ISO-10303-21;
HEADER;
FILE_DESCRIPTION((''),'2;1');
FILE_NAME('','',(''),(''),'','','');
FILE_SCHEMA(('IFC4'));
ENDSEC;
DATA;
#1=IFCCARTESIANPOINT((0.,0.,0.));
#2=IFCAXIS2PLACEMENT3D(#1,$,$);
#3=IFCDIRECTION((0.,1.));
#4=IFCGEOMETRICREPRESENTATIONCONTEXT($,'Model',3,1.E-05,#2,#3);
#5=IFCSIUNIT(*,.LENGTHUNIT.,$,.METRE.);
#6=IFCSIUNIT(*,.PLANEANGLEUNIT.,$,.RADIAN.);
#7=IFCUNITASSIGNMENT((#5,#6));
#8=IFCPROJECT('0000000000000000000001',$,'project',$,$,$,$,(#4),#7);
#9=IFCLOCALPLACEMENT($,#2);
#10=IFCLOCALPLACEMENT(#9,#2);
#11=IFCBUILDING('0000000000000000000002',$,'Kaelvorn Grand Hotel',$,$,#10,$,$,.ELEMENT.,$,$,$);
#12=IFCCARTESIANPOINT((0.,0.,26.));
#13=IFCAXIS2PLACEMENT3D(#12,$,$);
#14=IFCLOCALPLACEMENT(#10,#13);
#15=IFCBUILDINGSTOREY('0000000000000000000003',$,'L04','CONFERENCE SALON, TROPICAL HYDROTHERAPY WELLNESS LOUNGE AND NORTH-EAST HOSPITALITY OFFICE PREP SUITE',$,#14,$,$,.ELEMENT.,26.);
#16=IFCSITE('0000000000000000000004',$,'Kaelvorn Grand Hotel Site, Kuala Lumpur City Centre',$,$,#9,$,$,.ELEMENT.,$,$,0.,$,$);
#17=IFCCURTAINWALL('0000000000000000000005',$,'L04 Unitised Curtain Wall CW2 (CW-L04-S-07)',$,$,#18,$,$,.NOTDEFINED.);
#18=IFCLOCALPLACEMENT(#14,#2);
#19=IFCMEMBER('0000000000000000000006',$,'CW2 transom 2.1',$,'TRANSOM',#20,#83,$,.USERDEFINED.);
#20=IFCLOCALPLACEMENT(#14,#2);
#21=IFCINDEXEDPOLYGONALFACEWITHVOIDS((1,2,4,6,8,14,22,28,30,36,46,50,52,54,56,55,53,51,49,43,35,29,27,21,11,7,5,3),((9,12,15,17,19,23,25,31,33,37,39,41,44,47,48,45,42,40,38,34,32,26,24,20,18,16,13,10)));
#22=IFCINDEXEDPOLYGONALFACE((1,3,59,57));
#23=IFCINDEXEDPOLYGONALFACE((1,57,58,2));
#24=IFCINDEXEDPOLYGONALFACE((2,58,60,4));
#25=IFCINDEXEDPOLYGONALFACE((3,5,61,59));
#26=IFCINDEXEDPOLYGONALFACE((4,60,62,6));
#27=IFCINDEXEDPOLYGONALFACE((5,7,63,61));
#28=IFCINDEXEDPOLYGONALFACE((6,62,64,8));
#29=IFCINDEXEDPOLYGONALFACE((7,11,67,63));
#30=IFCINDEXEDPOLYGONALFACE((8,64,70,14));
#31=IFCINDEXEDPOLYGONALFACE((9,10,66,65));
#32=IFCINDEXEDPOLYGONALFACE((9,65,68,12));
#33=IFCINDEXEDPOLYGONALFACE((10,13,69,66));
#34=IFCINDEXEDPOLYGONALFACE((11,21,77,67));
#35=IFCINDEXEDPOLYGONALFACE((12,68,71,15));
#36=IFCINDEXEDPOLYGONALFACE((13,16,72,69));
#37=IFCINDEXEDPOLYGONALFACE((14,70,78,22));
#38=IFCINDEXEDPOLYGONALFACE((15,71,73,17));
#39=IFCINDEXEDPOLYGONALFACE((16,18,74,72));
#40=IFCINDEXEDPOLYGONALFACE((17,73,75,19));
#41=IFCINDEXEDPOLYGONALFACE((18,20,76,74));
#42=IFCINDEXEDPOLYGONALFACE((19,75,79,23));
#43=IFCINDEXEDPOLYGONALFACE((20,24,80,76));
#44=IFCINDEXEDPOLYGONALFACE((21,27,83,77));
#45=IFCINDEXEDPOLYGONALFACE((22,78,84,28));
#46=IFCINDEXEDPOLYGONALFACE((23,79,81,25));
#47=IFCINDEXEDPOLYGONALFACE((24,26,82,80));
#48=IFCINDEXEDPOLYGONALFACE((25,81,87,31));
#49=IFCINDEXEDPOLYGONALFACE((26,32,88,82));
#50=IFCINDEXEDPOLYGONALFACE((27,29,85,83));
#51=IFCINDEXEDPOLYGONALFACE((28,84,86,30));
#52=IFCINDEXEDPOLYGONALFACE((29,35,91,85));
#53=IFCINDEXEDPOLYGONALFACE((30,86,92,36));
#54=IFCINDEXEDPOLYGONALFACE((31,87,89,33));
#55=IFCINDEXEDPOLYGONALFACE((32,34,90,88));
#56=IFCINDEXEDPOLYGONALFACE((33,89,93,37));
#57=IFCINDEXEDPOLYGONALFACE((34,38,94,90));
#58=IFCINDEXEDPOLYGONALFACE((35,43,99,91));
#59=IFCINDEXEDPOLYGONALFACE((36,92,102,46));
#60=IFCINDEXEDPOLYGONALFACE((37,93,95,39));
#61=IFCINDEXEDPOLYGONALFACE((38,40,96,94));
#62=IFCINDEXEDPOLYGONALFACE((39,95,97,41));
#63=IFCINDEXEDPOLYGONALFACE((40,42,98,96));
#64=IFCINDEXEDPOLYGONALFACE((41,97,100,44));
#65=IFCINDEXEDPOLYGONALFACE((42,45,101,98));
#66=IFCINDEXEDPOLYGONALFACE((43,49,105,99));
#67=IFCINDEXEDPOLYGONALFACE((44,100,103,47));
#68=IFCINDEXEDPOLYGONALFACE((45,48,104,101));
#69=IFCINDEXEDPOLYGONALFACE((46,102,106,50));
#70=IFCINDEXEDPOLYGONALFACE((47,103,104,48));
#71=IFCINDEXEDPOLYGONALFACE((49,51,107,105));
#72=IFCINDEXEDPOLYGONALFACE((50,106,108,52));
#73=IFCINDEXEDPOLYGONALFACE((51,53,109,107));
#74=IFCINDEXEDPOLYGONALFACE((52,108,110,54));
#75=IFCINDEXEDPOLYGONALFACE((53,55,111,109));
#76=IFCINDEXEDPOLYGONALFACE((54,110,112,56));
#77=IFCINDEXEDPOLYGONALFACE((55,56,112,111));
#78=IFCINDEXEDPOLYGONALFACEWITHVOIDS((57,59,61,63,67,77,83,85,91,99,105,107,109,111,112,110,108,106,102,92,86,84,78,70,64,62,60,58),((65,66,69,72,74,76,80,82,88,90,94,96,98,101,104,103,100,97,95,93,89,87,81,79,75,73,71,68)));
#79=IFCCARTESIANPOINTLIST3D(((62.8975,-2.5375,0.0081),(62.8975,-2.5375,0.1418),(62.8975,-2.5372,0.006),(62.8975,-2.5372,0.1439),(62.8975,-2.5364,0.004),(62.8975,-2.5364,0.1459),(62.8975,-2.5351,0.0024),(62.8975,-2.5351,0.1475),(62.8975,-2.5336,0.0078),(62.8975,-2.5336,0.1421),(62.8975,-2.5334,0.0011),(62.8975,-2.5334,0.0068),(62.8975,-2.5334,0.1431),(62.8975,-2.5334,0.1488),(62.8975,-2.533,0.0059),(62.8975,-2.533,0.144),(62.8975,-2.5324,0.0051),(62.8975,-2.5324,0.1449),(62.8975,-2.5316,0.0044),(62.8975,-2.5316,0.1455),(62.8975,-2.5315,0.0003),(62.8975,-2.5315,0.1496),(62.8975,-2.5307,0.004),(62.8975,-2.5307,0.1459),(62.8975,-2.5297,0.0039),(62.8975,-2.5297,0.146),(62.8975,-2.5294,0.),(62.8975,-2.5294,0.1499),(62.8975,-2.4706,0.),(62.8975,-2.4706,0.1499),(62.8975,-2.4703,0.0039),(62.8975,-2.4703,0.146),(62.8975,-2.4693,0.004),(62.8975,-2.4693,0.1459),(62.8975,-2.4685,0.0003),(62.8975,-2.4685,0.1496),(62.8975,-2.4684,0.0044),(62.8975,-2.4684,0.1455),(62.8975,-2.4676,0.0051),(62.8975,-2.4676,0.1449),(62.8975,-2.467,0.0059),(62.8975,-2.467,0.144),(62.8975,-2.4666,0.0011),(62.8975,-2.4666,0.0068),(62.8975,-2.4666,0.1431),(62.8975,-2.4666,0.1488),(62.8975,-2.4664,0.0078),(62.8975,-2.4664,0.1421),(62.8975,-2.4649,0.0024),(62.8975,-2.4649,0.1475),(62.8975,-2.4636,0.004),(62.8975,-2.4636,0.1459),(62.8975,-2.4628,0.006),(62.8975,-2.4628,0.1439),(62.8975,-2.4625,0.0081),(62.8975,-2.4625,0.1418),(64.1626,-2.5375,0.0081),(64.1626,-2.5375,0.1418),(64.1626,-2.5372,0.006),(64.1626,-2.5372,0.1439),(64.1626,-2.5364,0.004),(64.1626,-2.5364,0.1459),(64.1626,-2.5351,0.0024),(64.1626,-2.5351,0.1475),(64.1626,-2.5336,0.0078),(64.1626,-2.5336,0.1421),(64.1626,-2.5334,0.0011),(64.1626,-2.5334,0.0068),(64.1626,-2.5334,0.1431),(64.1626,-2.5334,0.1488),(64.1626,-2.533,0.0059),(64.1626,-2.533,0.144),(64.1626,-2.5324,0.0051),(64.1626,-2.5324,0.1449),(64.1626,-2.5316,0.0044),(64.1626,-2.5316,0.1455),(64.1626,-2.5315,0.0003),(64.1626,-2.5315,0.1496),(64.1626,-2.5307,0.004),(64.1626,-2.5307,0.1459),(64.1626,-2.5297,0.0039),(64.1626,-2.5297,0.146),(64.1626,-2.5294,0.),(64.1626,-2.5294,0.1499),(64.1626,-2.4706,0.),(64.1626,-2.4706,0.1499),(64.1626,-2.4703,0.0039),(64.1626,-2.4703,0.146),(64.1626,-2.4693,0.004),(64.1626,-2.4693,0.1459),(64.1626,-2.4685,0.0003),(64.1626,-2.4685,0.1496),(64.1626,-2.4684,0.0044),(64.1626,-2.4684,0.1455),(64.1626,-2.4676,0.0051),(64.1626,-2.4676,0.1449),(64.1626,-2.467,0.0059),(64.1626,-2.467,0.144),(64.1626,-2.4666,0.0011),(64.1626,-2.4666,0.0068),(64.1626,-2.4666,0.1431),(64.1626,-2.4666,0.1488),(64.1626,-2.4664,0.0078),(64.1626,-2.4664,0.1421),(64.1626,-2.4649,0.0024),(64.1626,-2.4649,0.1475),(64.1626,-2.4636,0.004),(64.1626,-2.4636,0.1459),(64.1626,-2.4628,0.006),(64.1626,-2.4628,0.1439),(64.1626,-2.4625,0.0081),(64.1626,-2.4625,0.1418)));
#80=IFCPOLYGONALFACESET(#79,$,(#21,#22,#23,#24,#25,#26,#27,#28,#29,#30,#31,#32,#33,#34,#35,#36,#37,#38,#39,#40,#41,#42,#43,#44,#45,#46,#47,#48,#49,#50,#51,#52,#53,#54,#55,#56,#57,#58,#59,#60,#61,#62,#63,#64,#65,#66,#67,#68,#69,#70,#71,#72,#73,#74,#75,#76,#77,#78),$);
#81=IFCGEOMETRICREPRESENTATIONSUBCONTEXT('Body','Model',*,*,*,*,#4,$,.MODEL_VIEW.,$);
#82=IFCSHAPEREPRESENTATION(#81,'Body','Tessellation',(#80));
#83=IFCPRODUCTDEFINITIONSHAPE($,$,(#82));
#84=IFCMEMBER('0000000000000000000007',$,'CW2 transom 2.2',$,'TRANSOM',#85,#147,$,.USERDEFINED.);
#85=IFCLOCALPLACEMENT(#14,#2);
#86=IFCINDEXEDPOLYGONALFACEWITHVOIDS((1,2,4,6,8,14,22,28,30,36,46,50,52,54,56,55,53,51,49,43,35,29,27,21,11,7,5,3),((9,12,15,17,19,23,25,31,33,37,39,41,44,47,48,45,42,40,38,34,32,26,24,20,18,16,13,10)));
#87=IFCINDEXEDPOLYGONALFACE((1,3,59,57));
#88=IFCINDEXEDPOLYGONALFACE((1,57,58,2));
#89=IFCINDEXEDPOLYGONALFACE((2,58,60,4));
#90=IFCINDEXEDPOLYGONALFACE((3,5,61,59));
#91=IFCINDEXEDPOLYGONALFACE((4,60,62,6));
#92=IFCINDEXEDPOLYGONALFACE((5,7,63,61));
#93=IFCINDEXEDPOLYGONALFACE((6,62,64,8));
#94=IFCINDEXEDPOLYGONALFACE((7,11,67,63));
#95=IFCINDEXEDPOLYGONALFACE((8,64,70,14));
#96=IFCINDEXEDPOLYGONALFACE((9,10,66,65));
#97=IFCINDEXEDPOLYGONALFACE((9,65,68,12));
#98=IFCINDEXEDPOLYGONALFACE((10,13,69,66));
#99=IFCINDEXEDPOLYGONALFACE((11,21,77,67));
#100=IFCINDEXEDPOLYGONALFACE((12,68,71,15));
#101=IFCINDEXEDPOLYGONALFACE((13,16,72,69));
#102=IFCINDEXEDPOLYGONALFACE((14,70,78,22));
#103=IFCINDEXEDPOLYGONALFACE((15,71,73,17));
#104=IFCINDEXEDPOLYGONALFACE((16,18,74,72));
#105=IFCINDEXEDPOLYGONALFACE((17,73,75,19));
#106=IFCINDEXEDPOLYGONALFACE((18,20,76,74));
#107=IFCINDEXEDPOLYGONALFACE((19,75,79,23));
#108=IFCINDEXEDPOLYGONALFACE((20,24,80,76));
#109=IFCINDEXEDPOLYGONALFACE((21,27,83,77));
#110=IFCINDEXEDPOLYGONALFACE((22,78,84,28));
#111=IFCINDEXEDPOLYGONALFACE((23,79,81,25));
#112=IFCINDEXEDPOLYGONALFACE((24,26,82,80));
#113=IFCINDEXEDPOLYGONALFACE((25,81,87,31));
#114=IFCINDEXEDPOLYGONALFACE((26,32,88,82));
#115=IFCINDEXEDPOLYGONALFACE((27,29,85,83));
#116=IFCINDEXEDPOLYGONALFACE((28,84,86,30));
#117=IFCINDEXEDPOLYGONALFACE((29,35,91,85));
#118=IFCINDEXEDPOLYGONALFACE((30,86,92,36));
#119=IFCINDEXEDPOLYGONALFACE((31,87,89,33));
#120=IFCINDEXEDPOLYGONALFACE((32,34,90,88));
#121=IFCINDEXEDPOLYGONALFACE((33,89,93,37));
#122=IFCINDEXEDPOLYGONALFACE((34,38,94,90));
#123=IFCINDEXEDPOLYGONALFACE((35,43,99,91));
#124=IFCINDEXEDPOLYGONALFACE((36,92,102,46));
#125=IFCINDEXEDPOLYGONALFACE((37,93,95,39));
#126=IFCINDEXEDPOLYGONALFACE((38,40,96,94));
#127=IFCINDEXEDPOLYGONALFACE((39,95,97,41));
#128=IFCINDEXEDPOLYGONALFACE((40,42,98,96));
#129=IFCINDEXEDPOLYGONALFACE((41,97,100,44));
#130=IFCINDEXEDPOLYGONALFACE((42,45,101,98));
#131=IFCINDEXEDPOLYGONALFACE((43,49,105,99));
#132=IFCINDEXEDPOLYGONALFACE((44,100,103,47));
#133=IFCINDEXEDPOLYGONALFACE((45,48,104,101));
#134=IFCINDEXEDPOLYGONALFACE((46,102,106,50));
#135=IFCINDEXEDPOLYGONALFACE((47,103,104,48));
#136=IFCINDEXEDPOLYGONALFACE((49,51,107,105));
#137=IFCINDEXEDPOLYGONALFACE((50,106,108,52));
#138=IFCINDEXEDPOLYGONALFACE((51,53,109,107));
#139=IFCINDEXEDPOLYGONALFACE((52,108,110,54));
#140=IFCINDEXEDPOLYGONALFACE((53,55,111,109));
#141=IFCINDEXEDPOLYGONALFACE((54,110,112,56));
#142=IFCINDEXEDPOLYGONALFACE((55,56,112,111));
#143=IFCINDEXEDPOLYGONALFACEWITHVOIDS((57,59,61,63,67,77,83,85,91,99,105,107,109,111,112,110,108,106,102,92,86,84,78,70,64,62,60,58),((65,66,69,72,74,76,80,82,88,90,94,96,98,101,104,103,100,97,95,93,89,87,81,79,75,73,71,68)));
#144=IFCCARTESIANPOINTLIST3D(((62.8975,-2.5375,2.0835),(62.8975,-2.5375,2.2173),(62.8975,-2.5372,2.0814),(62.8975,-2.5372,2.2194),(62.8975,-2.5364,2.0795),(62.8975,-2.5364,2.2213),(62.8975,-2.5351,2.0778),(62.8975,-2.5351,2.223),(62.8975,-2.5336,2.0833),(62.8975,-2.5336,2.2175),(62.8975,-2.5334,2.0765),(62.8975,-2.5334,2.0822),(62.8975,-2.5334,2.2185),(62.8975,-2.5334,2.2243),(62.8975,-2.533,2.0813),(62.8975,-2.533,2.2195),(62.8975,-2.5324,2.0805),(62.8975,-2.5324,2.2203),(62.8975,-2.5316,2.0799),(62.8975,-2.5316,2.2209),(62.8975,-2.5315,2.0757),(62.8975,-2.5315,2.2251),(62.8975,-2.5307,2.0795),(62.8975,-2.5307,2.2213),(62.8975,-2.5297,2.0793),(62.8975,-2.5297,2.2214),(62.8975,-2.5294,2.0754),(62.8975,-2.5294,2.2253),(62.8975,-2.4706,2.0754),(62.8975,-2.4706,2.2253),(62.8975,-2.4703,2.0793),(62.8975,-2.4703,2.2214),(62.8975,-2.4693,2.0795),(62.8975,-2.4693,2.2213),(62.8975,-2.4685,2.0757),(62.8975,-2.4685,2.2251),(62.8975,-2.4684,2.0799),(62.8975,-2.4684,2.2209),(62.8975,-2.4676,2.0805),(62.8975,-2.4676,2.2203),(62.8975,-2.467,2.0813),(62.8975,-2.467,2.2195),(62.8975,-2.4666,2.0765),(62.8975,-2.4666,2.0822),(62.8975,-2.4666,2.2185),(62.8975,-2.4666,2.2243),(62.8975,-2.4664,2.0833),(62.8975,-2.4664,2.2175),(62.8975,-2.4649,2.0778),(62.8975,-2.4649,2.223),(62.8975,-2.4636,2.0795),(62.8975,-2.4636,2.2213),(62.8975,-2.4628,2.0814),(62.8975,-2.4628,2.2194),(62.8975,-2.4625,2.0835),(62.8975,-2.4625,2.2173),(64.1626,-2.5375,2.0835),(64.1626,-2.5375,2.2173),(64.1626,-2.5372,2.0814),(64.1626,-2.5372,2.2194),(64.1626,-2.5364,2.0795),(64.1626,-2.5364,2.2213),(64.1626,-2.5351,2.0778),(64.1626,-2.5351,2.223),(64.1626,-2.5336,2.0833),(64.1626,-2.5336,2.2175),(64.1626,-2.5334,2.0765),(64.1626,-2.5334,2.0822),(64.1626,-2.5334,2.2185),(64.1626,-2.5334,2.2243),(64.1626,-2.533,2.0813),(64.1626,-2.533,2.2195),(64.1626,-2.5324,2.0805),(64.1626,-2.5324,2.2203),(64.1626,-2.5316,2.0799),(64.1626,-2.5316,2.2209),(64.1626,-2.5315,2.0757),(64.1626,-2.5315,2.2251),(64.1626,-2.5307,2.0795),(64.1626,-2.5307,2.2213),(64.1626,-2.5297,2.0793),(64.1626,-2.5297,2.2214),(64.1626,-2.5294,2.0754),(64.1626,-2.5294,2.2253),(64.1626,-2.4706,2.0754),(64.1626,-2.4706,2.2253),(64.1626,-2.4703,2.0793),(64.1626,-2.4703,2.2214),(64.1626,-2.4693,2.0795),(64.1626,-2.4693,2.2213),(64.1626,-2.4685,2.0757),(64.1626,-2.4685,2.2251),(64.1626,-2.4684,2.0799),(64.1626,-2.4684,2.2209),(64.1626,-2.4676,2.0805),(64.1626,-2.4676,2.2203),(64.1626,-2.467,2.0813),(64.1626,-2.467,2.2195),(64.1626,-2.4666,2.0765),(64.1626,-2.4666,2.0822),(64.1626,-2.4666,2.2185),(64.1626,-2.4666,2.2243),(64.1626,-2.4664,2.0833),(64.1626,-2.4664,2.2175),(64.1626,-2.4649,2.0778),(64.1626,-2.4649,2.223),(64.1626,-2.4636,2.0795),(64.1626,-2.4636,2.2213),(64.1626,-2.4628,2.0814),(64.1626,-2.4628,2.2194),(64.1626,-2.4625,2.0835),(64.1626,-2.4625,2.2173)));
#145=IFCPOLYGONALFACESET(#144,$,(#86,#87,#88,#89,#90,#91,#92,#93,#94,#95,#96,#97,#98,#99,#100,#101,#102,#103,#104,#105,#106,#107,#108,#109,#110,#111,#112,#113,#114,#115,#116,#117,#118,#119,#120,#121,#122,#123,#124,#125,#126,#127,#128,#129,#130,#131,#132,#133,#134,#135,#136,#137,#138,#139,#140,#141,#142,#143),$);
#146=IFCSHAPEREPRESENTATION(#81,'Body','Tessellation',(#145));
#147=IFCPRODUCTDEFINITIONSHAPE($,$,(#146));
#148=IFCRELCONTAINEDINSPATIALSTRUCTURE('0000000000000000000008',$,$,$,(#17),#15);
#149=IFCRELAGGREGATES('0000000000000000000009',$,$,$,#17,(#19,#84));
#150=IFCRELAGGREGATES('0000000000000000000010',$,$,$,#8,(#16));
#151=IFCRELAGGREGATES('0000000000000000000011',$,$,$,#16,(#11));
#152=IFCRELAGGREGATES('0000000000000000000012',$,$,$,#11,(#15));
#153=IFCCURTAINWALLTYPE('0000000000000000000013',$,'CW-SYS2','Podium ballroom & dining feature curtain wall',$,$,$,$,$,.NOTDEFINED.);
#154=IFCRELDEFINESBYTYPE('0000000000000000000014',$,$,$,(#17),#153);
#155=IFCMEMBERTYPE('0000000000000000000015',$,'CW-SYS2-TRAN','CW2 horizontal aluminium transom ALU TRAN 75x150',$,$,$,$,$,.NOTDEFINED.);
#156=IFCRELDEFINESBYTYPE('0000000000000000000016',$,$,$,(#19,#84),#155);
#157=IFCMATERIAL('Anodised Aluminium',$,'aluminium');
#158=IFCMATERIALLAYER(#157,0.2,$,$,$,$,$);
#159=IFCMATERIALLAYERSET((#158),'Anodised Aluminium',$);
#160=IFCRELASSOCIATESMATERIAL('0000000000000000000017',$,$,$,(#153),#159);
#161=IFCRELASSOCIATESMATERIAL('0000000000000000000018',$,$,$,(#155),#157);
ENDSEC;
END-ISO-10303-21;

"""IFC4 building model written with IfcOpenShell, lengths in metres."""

from ifc_helpers import new_model, si_unit, direction, frame, origin, origin_2d, place, context, subcontext, project, spatial, hollow_rectangle, extrude, material, layer, layer_set, material_profile, profile_set, type_object, element, aggregate, save


model = new_model("IFC4")

# Units and contexts
model_context = context("Model", 3, precision=1e-05, world=origin(), true_north=direction((0.0, 1.0)))
body_context = subcontext(model_context, "Body", "Model", "MODEL_VIEW")
ifc_project = project(units=[si_unit("LENGTHUNIT", "METRE"), si_unit("PLANEANGLEUNIT", "RADIAN")], contexts=[model_context])

# Site, building, storey
site_placement = place(None, origin())
site = spatial("IfcSite", under=ifc_project, at=site_placement, Name="Kaelvorn Grand Hotel Site, Kuala Lumpur City Centre", CompositionType="ELEMENT", RefElevation=0.0)
building_placement = place(site_placement, origin())
building = spatial("IfcBuilding", under=site, at=building_placement, Name="Kaelvorn Grand Hotel", CompositionType="ELEMENT")
storey_placement = place(building_placement, frame((0.0, 0.0, 26.0)))
storey = spatial("IfcBuildingStorey", under=building, at=storey_placement, Name="L04", Description="CONFERENCE SALON, TROPICAL HYDROTHERAPY WELLNESS LOUNGE AND NORTH-EAST HOSPITALITY OFFICE PREP SUITE", CompositionType="ELEMENT", Elevation=26.0)

# Shared definitions
ifc_material_1 = material(Name="Anodised Aluminium", Category="aluminium")
ifc_layer_1 = layer(ifc_material_1, 0.2)
ifc_layer_set_1 = layer_set([ifc_layer_1], Name="Anodised Aluminium")
curtain_wall_type = type_object("IfcCurtainWallType", Name="CW-SYS2", Description="Podium ballroom & dining feature curtain wall", PredefinedType="NOTDEFINED", material=ifc_layer_set_1)

# Curtain wall
curtain_wall_1_placement = place(storey_placement, origin())
curtain_wall_1 = element("IfcCurtainWall", 1, at=curtain_wall_1_placement, inside=storey, type_object=curtain_wall_type, Name="L04 Unitised Curtain Wall CW2 (CW-L04-S-07)", PredefinedType="NOTDEFINED")

# Members
ifc_material_profile_1 = material_profile(ifc_material_1, hollow_rectangle(XDim=0.075, YDim=0.1499, WallThickness=0.0039, InnerFilletRadius=0.0039, OuterFilletRadius=0.0081, at=origin_2d()), Name="ALU TRAN 75x150")
ifc_profile_set_1 = profile_set([ifc_material_profile_1], Name="Anodised Aluminium")
member_type_1 = type_object("IfcMemberType", Name="CW-SYS2-TRAN", Description="CW2 horizontal aluminium transom ALU TRAN 75x150", PredefinedType="NOTDEFINED", material=ifc_profile_set_1)
member_1_placement = place(storey_placement, frame((62.8975, -2.5, 0.075), z_axis=(1.0, 0.0, 0.0), x_axis=(0.0, 1.0, 0.0)))
member_1 = element("IfcMember", 2, at=member_1_placement, type_object=member_type_1, Name="CW2 transom 2.1", ObjectType="TRANSOM", PredefinedType="USERDEFINED", context=body_context, shape_type="SweptSolid", body=[
    extrude(hollow_rectangle(XDim=0.075, YDim=0.1499, WallThickness=0.0039, InnerFilletRadius=0.0039, OuterFilletRadius=0.0081, at=origin_2d()), origin(), (0.0, 0.0, 1.0), 1.2651),
])
member_2_placement = place(storey_placement, frame((62.8975, -2.5, 2.1504), z_axis=(1.0, 0.0, 0.0), x_axis=(0.0, 1.0, 0.0)))
member_2 = element("IfcMember", 3, at=member_2_placement, type_object=member_type_1, Name="CW2 transom 2.2", ObjectType="TRANSOM", PredefinedType="USERDEFINED", context=body_context, shape_type="SweptSolid", body=[
    extrude(hollow_rectangle(XDim=0.075, YDim=0.1499, WallThickness=0.0039, InnerFilletRadius=0.0039, OuterFilletRadius=0.0081, at=origin_2d()), origin(), (0.0, 0.0, 1.0), 1.2651),
])

aggregate(curtain_wall_1, [member_1, member_2])

save(model, "model.ifc")
